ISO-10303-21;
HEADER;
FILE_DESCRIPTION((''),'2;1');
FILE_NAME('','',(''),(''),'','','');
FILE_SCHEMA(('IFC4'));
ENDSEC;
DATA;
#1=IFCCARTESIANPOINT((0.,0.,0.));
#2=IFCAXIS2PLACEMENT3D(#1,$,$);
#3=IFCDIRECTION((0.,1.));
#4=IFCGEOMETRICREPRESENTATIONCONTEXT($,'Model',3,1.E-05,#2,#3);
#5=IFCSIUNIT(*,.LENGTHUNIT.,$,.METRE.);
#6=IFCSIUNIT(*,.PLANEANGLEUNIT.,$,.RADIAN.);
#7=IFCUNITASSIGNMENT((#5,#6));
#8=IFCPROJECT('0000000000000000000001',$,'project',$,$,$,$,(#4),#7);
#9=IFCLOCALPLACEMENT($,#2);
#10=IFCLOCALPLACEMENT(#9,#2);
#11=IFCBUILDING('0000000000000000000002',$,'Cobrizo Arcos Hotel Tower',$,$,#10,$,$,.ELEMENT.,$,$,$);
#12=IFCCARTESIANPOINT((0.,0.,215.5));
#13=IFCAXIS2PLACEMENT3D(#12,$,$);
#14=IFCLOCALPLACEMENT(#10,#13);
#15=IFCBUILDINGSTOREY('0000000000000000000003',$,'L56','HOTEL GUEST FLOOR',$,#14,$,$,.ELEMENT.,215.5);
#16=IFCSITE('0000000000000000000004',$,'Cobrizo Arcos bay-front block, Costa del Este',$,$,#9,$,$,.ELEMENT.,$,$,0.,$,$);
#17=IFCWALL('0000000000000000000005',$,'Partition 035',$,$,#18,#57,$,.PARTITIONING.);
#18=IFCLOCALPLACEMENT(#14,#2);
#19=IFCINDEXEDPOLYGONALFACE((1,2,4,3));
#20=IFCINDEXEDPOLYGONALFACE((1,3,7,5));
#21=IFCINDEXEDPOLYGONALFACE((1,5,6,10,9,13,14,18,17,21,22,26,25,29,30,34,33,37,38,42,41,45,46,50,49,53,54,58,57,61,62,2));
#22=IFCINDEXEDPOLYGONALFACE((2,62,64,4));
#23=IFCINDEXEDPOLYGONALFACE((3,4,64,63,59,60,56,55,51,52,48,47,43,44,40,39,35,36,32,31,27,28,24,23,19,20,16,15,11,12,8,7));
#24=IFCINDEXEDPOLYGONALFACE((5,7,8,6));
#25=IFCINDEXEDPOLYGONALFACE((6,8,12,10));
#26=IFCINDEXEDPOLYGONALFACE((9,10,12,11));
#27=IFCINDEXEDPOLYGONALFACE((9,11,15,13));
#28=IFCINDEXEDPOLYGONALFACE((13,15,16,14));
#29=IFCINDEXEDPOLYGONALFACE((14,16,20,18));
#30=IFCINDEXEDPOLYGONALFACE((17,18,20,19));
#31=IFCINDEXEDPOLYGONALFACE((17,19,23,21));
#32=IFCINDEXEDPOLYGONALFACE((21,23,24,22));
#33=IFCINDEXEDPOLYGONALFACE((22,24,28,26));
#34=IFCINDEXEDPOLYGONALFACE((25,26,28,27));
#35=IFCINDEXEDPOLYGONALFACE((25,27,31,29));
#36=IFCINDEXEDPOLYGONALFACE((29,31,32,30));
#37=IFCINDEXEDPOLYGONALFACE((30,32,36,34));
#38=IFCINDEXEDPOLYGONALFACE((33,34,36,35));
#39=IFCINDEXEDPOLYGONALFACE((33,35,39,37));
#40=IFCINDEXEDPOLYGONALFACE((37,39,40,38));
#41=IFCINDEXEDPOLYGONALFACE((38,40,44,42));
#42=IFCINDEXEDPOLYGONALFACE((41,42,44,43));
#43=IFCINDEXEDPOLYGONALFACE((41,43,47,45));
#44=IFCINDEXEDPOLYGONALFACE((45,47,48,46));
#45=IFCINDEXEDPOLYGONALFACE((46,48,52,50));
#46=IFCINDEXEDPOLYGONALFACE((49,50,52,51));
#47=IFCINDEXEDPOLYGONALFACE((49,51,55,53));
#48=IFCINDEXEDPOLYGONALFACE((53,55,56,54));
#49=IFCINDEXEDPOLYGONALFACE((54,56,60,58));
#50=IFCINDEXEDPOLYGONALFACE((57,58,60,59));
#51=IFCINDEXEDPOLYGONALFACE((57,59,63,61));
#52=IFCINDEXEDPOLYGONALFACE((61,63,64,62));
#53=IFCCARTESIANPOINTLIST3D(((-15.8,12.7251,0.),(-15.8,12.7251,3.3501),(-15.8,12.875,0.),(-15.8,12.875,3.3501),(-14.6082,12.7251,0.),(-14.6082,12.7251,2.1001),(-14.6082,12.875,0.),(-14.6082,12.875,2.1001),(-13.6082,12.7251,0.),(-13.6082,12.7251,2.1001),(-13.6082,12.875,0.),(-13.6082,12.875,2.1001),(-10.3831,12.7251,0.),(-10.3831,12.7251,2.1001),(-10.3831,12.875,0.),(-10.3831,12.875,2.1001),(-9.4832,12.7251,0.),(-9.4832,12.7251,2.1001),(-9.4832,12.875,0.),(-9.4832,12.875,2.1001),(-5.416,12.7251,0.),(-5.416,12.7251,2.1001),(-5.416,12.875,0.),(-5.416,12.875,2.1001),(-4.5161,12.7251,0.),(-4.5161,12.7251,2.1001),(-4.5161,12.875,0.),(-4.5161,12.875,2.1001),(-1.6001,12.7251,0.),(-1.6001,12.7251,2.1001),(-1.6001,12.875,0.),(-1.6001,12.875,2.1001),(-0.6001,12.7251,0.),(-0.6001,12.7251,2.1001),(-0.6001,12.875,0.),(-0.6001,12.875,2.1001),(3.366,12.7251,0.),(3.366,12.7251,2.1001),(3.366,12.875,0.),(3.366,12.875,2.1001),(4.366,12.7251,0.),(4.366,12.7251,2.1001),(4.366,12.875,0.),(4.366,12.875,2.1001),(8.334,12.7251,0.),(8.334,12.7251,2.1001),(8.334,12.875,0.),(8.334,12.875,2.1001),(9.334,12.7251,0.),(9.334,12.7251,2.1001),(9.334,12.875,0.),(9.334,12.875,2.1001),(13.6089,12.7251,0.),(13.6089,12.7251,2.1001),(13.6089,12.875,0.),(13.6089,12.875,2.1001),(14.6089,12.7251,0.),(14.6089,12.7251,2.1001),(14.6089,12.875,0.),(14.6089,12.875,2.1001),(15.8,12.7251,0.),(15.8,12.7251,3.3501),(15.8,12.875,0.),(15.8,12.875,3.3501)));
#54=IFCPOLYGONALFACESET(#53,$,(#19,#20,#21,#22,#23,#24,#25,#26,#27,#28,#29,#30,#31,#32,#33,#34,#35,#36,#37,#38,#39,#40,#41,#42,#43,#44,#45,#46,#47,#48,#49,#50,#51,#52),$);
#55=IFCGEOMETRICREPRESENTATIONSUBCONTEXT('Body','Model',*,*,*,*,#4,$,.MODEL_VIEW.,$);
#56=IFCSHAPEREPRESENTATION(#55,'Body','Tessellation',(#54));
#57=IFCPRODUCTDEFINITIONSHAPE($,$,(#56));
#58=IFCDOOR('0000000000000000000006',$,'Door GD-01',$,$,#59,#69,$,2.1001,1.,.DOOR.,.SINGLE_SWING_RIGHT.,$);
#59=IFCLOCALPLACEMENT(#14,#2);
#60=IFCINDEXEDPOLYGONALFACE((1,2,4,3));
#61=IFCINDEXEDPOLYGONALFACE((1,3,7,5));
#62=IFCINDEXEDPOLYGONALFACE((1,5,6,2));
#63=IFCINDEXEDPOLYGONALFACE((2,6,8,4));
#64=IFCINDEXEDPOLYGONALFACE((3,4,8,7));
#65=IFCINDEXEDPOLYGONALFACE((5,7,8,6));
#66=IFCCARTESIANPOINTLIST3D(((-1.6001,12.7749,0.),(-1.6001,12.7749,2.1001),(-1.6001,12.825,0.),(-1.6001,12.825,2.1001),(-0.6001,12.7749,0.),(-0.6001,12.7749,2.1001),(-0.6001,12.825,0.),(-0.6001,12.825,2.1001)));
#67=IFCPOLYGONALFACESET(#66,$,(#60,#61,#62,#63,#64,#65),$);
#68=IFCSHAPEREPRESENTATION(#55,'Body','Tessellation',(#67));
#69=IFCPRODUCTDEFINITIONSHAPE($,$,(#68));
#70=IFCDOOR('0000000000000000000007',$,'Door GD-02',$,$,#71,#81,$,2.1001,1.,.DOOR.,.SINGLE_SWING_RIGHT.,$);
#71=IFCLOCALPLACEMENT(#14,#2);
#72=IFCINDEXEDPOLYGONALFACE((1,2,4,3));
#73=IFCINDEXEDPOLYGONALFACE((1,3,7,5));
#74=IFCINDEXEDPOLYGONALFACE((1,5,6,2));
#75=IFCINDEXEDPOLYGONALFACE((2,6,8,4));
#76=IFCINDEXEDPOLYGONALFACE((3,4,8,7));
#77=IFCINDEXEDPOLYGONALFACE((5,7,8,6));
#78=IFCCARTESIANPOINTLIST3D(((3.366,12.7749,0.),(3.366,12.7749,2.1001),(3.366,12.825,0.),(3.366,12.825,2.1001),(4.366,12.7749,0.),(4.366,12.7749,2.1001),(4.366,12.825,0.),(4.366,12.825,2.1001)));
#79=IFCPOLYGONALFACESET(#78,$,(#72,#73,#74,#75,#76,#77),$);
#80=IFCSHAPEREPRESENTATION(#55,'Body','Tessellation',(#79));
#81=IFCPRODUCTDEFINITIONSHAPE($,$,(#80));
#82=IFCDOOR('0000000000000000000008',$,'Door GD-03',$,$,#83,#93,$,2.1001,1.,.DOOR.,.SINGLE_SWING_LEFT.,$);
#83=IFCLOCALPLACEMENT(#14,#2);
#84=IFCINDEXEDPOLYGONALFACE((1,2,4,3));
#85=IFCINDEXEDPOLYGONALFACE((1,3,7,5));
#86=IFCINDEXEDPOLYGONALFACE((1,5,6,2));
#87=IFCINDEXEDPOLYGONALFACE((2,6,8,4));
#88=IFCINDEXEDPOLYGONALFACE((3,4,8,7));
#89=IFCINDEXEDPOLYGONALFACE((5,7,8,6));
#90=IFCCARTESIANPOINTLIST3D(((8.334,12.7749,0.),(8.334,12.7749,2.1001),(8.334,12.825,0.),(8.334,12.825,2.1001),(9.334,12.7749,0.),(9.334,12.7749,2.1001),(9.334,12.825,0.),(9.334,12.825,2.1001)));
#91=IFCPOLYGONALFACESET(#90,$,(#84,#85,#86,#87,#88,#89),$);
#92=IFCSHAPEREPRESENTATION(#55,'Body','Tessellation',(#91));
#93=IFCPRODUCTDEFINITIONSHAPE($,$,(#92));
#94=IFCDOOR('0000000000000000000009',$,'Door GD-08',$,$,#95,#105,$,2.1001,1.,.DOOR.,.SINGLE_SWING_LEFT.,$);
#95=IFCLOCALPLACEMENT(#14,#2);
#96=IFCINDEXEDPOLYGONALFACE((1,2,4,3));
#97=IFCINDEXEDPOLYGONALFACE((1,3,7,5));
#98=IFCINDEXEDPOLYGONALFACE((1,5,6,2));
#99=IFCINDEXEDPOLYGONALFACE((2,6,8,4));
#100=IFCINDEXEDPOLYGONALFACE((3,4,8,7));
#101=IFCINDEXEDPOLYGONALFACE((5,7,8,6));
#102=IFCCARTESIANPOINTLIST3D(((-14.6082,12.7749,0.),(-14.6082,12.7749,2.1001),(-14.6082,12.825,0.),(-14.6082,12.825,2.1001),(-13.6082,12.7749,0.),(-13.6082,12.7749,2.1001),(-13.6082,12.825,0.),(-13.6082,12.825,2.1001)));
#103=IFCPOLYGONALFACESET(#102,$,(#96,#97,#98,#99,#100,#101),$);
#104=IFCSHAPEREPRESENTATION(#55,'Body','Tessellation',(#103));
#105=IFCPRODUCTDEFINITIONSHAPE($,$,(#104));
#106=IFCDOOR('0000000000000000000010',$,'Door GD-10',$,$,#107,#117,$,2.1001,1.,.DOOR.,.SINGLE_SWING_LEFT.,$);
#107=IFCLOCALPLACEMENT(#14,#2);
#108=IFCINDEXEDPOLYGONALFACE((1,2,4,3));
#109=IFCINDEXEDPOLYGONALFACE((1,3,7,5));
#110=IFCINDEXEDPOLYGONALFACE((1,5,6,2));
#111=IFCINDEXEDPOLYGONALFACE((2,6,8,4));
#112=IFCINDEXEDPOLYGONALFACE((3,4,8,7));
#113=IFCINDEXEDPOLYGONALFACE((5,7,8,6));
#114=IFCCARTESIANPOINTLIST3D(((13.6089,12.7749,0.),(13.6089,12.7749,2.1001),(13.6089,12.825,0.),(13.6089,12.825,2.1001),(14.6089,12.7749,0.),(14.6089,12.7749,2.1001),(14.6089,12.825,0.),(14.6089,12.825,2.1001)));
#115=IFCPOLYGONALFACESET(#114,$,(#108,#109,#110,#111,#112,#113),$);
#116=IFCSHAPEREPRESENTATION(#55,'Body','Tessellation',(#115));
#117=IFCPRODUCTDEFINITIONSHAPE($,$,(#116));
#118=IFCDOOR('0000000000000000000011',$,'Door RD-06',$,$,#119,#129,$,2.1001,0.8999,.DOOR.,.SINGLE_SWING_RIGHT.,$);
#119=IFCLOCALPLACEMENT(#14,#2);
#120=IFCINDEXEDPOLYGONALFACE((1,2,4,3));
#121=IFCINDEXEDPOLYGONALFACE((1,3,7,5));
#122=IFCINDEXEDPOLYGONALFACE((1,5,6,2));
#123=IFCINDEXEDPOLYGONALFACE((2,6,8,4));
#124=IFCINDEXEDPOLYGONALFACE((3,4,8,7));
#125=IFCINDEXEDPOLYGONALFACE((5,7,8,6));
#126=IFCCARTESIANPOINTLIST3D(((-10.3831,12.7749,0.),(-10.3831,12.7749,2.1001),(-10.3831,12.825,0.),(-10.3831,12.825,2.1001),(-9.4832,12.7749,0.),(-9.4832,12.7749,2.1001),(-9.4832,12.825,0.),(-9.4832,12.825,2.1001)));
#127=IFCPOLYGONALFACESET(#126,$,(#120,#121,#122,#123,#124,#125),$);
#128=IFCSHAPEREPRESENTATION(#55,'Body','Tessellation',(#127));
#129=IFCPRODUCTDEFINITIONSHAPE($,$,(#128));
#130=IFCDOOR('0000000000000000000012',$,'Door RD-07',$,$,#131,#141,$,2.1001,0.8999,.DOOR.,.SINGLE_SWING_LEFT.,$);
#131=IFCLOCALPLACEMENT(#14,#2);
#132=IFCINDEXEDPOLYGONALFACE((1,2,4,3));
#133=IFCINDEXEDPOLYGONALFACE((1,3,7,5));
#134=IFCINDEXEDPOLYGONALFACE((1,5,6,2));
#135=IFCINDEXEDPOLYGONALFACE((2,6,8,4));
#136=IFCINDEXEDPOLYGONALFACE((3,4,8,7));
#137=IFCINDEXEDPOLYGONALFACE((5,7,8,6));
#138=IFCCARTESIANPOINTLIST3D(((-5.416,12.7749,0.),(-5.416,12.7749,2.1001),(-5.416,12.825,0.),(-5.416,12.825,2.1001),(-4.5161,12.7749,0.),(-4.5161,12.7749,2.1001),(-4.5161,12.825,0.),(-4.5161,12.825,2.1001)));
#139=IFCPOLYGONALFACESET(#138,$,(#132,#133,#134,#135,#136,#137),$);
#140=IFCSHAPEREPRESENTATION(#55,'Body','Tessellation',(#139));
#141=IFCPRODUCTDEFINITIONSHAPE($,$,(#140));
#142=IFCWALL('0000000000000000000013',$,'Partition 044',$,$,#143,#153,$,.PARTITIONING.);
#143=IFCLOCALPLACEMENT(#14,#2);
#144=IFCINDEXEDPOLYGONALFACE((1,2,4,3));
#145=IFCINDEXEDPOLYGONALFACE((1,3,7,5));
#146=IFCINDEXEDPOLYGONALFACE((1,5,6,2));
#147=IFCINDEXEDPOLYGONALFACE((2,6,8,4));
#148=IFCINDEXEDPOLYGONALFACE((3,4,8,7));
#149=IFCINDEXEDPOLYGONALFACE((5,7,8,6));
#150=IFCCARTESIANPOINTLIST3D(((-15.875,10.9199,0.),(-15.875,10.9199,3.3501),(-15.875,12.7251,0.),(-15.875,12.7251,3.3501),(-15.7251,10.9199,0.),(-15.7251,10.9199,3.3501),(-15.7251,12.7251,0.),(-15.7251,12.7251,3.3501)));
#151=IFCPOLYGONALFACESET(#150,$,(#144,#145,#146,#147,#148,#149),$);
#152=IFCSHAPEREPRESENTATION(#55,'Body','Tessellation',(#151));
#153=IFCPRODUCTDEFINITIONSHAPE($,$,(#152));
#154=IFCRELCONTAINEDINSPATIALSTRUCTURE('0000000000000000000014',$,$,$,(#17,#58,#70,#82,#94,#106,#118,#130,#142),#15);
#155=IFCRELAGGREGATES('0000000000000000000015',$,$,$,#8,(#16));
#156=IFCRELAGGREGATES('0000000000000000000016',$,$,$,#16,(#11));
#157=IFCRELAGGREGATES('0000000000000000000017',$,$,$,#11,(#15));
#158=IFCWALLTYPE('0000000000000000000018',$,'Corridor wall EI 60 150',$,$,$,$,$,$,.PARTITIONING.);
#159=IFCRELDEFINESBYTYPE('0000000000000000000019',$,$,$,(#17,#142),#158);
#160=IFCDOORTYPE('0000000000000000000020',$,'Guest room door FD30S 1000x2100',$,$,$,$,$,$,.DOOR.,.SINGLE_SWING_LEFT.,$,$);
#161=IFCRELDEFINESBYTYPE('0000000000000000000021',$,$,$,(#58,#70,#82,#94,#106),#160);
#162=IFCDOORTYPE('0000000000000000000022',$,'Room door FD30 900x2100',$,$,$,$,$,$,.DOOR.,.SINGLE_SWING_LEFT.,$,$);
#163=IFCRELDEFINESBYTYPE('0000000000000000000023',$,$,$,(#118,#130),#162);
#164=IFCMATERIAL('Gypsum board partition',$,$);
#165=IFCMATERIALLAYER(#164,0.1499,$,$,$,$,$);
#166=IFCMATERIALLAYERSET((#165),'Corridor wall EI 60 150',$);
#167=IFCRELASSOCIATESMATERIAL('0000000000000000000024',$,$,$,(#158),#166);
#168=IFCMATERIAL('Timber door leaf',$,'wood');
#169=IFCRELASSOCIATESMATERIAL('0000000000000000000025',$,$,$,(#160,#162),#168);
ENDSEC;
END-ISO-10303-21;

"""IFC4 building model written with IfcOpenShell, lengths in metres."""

from ifc_helpers import new_model, si_unit, direction, frame, frame_2d, origin, place, context, subcontext, project, spatial, rectangle, extrude, material, layer, layer_set, type_object, element, fill, save


model = new_model("IFC4")

# Units and contexts
model_context = context("Model", 3, precision=1e-05, world=origin(), true_north=direction((0.0, 1.0)))
body_context = subcontext(model_context, "Body", "Model", "MODEL_VIEW")
ifc_project = project(units=[si_unit("LENGTHUNIT", "METRE"), si_unit("PLANEANGLEUNIT", "RADIAN")], contexts=[model_context])

# Site, building, storey
site_placement = place(None, origin())
site = spatial("IfcSite", under=ifc_project, at=site_placement, Name="Cobrizo Arcos bay-front block, Costa del Este", CompositionType="ELEMENT", RefElevation=0.0)
building_placement = place(site_placement, origin())
building = spatial("IfcBuilding", under=site, at=building_placement, Name="Cobrizo Arcos Hotel Tower", CompositionType="ELEMENT")
storey_placement = place(building_placement, frame((0.0, 0.0, 215.5)))
storey = spatial("IfcBuildingStorey", under=building, at=storey_placement, Name="L56", Description="HOTEL GUEST FLOOR", CompositionType="ELEMENT", Elevation=215.5)

# Wall, openings, doors
ifc_material_1 = material(Name="Gypsum board partition")
ifc_layer_1 = layer(ifc_material_1, 0.1499)
ifc_layer_set_1 = layer_set([ifc_layer_1], Name="Corridor wall EI 60 150")
wall_type_1 = type_object("IfcWallType", Name="Corridor wall EI 60 150", PredefinedType="PARTITIONING", material=ifc_layer_set_1)
wall_1_placement = place(storey_placement, frame((-15.8, 12.8, 0.0), z_axis=(0.0, 0.0, 1.0), x_axis=(1.0, 0.0, 0.0)))
wall_1 = element("IfcWall", 1, at=wall_1_placement, inside=storey, type_object=wall_type_1, Name="Partition 035", PredefinedType="PARTITIONING", context=body_context, shape_type="SweptSolid", body=[
    extrude(rectangle(XDim=31.6001, YDim=0.1499, at=frame_2d((15.8, 0.0))), origin(), (0.0, 0.0, 1.0), 3.3501),
])
opening_1_placement = place(wall_1_placement, frame((5.417, 0.0, 0.0)))
opening_1 = element("IfcOpeningElement", 2, at=opening_1_placement, cuts=wall_1, PredefinedType="OPENING", context=body_context, shape_type="SweptSolid", body=[
    extrude(rectangle(XDim=0.8999, YDim=2.1001, at=frame_2d((0.45, 1.05))), frame((0.0, 0.0869, 0.0), z_axis=(0.0, -1.0, 0.0), x_axis=(1.0, 0.0, 0.0)), (0.0, 0.0, 1.0), 0.1738),
])
opening_2_placement = place(wall_1_placement, frame((10.384, 0.0, 0.0)))
opening_2 = element("IfcOpeningElement", 3, at=opening_2_placement, cuts=wall_1, PredefinedType="OPENING", context=body_context, shape_type="SweptSolid", body=[
    extrude(rectangle(XDim=0.8999, YDim=2.1001, at=frame_2d((0.45, 1.05))), frame((0.0, 0.0869, 0.0), z_axis=(0.0, -1.0, 0.0), x_axis=(1.0, 0.0, 0.0)), (0.0, 0.0, 1.0), 0.1738),
])
opening_3_placement = place(wall_1_placement, frame((14.2, 0.0, 0.0)))
opening_3 = element("IfcOpeningElement", 4, at=opening_3_placement, cuts=wall_1, PredefinedType="OPENING", context=body_context, shape_type="SweptSolid", body=[
    extrude(rectangle(XDim=1.0, YDim=2.1001, at=frame_2d((0.5, 1.05))), frame((0.0, 0.0869, 0.0), z_axis=(0.0, -1.0, 0.0), x_axis=(1.0, 0.0, 0.0)), (0.0, 0.0, 1.0), 0.1738),
])
opening_4_placement = place(wall_1_placement, frame((19.166, 0.0, 0.0)))
opening_4 = element("IfcOpeningElement", 5, at=opening_4_placement, cuts=wall_1, PredefinedType="OPENING", context=body_context, shape_type="SweptSolid", body=[
    extrude(rectangle(XDim=1.0, YDim=2.1001, at=frame_2d((0.5, 1.05))), frame((0.0, 0.0869, 0.0), z_axis=(0.0, -1.0, 0.0), x_axis=(1.0, 0.0, 0.0)), (0.0, 0.0, 1.0), 0.1738),
])
opening_5_placement = place(wall_1_placement, frame((24.134, 0.0, 0.0)))
opening_5 = element("IfcOpeningElement", 6, at=opening_5_placement, cuts=wall_1, PredefinedType="OPENING", context=body_context, shape_type="SweptSolid", body=[
    extrude(rectangle(XDim=1.0, YDim=2.1001, at=frame_2d((0.5, 1.05))), frame((0.0, 0.0869, 0.0), z_axis=(0.0, -1.0, 0.0), x_axis=(1.0, 0.0, 0.0)), (0.0, 0.0, 1.0), 0.1738),
])
opening_6_placement = place(wall_1_placement, frame((1.1919, 0.0, 0.0)))
opening_6 = element("IfcOpeningElement", 7, at=opening_6_placement, cuts=wall_1, PredefinedType="OPENING", context=body_context, shape_type="SweptSolid", body=[
    extrude(rectangle(XDim=1.0, YDim=2.1001, at=frame_2d((0.5, 1.05))), frame((0.0, 0.0869, 0.0), z_axis=(0.0, -1.0, 0.0), x_axis=(1.0, 0.0, 0.0)), (0.0, 0.0, 1.0), 0.1738),
])
opening_7_placement = place(wall_1_placement, frame((29.4089, 0.0, 0.0)))
opening_7 = element("IfcOpeningElement", 8, at=opening_7_placement, cuts=wall_1, PredefinedType="OPENING", context=body_context, shape_type="SweptSolid", body=[
    extrude(rectangle(XDim=1.0, YDim=2.1001, at=frame_2d((0.5, 1.05))), frame((0.0, 0.0869, 0.0), z_axis=(0.0, -1.0, 0.0), x_axis=(1.0, 0.0, 0.0)), (0.0, 0.0, 1.0), 0.1738),
])
ifc_material_2 = material(Name="Timber door leaf", Category="wood")
door_type_1 = type_object("IfcDoorType", Name="Guest room door FD30S 1000x2100", OperationType="SINGLE_SWING_LEFT", PredefinedType="DOOR", material=ifc_material_2)
door_1_placement = place(opening_3_placement, origin())
door_1 = element("IfcDoor", 9, at=door_1_placement, inside=storey, type_object=door_type_1, Name="Door GD-01", OperationType="SINGLE_SWING_RIGHT", OverallHeight=2.1001, OverallWidth=1.0, PredefinedType="DOOR", context=body_context, shape_type="SweptSolid", body=[
    extrude(rectangle(XDim=1.0, YDim=2.1001, at=frame_2d((0.5, 1.05))), frame((0.0, 0.0249, 0.0), z_axis=(0.0, -1.0, 0.0), x_axis=(1.0, 0.0, 0.0)), (0.0, 0.0, 1.0), 0.05),
])
fill(opening_3, door_1)
door_2_placement = place(opening_4_placement, origin())
door_2 = element("IfcDoor", 10, at=door_2_placement, inside=storey, type_object=door_type_1, Name="Door GD-02", OperationType="SINGLE_SWING_RIGHT", OverallHeight=2.1001, OverallWidth=1.0, PredefinedType="DOOR", context=body_context, shape_type="SweptSolid", body=[
    extrude(rectangle(XDim=1.0, YDim=2.1001, at=frame_2d((0.5, 1.05))), frame((0.0, 0.0249, 0.0), z_axis=(0.0, -1.0, 0.0), x_axis=(1.0, 0.0, 0.0)), (0.0, 0.0, 1.0), 0.05),
])
fill(opening_4, door_2)
door_3_placement = place(opening_5_placement, origin())
door_3 = element("IfcDoor", 11, at=door_3_placement, inside=storey, type_object=door_type_1, Name="Door GD-03", OperationType="SINGLE_SWING_LEFT", OverallHeight=2.1001, OverallWidth=1.0, PredefinedType="DOOR", context=body_context, shape_type="SweptSolid", body=[
    extrude(rectangle(XDim=1.0, YDim=2.1001, at=frame_2d((0.5, 1.05))), frame((0.0, 0.0249, 0.0), z_axis=(0.0, -1.0, 0.0), x_axis=(1.0, 0.0, 0.0)), (0.0, 0.0, 1.0), 0.05),
])
fill(opening_5, door_3)
door_4_placement = place(opening_6_placement, origin())
door_4 = element("IfcDoor", 12, at=door_4_placement, inside=storey, type_object=door_type_1, Name="Door GD-08", OperationType="SINGLE_SWING_LEFT", OverallHeight=2.1001, OverallWidth=1.0, PredefinedType="DOOR", context=body_context, shape_type="SweptSolid", body=[
    extrude(rectangle(XDim=1.0, YDim=2.1001, at=frame_2d((0.5, 1.05))), frame((0.0, 0.0249, 0.0), z_axis=(0.0, -1.0, 0.0), x_axis=(1.0, 0.0, 0.0)), (0.0, 0.0, 1.0), 0.05),
])
fill(opening_6, door_4)
door_5_placement = place(opening_7_placement, origin())
door_5 = element("IfcDoor", 13, at=door_5_placement, inside=storey, type_object=door_type_1, Name="Door GD-10", OperationType="SINGLE_SWING_LEFT", OverallHeight=2.1001, OverallWidth=1.0, PredefinedType="DOOR", context=body_context, shape_type="SweptSolid", body=[
    extrude(rectangle(XDim=1.0, YDim=2.1001, at=frame_2d((0.5, 1.05))), frame((0.0, 0.0249, 0.0), z_axis=(0.0, -1.0, 0.0), x_axis=(1.0, 0.0, 0.0)), (0.0, 0.0, 1.0), 0.05),
])
fill(opening_7, door_5)
door_type_2 = type_object("IfcDoorType", Name="Room door FD30 900x2100", OperationType="SINGLE_SWING_LEFT", PredefinedType="DOOR", material=ifc_material_2)
door_6_placement = place(opening_1_placement, origin())
door_6 = element("IfcDoor", 14, at=door_6_placement, inside=storey, type_object=door_type_2, Name="Door RD-06", OperationType="SINGLE_SWING_RIGHT", OverallHeight=2.1001, OverallWidth=0.8999, PredefinedType="DOOR", context=body_context, shape_type="SweptSolid", body=[
    extrude(rectangle(XDim=0.8999, YDim=2.1001, at=frame_2d((0.45, 1.05))), frame((0.0, 0.0249, 0.0), z_axis=(0.0, -1.0, 0.0), x_axis=(1.0, 0.0, 0.0)), (0.0, 0.0, 1.0), 0.05),
])
fill(opening_1, door_6)
door_7_placement = place(opening_2_placement, origin())
door_7 = element("IfcDoor", 15, at=door_7_placement, inside=storey, type_object=door_type_2, Name="Door RD-07", OperationType="SINGLE_SWING_LEFT", OverallHeight=2.1001, OverallWidth=0.8999, PredefinedType="DOOR", context=body_context, shape_type="SweptSolid", body=[
    extrude(rectangle(XDim=0.8999, YDim=2.1001, at=frame_2d((0.45, 1.05))), frame((0.0, 0.0249, 0.0), z_axis=(0.0, -1.0, 0.0), x_axis=(1.0, 0.0, 0.0)), (0.0, 0.0, 1.0), 0.05),
])
fill(opening_2, door_7)

# Wall
wall_2_placement = place(storey_placement, frame((-15.8, 10.9199, 0.0), z_axis=(0.0, 0.0, 1.0), x_axis=(0.0, 1.0, 0.0)))
element("IfcWall", 16, at=wall_2_placement, inside=storey, type_object=wall_type_1, Name="Partition 044", PredefinedType="PARTITIONING", context=body_context, shape_type="SweptSolid", body=[
    extrude(rectangle(XDim=1.8052, YDim=0.1499, at=frame_2d((0.9026, 0.0))), origin(), (0.0, 0.0, 1.0), 3.3501),
])

save(model, "model.ifc")
